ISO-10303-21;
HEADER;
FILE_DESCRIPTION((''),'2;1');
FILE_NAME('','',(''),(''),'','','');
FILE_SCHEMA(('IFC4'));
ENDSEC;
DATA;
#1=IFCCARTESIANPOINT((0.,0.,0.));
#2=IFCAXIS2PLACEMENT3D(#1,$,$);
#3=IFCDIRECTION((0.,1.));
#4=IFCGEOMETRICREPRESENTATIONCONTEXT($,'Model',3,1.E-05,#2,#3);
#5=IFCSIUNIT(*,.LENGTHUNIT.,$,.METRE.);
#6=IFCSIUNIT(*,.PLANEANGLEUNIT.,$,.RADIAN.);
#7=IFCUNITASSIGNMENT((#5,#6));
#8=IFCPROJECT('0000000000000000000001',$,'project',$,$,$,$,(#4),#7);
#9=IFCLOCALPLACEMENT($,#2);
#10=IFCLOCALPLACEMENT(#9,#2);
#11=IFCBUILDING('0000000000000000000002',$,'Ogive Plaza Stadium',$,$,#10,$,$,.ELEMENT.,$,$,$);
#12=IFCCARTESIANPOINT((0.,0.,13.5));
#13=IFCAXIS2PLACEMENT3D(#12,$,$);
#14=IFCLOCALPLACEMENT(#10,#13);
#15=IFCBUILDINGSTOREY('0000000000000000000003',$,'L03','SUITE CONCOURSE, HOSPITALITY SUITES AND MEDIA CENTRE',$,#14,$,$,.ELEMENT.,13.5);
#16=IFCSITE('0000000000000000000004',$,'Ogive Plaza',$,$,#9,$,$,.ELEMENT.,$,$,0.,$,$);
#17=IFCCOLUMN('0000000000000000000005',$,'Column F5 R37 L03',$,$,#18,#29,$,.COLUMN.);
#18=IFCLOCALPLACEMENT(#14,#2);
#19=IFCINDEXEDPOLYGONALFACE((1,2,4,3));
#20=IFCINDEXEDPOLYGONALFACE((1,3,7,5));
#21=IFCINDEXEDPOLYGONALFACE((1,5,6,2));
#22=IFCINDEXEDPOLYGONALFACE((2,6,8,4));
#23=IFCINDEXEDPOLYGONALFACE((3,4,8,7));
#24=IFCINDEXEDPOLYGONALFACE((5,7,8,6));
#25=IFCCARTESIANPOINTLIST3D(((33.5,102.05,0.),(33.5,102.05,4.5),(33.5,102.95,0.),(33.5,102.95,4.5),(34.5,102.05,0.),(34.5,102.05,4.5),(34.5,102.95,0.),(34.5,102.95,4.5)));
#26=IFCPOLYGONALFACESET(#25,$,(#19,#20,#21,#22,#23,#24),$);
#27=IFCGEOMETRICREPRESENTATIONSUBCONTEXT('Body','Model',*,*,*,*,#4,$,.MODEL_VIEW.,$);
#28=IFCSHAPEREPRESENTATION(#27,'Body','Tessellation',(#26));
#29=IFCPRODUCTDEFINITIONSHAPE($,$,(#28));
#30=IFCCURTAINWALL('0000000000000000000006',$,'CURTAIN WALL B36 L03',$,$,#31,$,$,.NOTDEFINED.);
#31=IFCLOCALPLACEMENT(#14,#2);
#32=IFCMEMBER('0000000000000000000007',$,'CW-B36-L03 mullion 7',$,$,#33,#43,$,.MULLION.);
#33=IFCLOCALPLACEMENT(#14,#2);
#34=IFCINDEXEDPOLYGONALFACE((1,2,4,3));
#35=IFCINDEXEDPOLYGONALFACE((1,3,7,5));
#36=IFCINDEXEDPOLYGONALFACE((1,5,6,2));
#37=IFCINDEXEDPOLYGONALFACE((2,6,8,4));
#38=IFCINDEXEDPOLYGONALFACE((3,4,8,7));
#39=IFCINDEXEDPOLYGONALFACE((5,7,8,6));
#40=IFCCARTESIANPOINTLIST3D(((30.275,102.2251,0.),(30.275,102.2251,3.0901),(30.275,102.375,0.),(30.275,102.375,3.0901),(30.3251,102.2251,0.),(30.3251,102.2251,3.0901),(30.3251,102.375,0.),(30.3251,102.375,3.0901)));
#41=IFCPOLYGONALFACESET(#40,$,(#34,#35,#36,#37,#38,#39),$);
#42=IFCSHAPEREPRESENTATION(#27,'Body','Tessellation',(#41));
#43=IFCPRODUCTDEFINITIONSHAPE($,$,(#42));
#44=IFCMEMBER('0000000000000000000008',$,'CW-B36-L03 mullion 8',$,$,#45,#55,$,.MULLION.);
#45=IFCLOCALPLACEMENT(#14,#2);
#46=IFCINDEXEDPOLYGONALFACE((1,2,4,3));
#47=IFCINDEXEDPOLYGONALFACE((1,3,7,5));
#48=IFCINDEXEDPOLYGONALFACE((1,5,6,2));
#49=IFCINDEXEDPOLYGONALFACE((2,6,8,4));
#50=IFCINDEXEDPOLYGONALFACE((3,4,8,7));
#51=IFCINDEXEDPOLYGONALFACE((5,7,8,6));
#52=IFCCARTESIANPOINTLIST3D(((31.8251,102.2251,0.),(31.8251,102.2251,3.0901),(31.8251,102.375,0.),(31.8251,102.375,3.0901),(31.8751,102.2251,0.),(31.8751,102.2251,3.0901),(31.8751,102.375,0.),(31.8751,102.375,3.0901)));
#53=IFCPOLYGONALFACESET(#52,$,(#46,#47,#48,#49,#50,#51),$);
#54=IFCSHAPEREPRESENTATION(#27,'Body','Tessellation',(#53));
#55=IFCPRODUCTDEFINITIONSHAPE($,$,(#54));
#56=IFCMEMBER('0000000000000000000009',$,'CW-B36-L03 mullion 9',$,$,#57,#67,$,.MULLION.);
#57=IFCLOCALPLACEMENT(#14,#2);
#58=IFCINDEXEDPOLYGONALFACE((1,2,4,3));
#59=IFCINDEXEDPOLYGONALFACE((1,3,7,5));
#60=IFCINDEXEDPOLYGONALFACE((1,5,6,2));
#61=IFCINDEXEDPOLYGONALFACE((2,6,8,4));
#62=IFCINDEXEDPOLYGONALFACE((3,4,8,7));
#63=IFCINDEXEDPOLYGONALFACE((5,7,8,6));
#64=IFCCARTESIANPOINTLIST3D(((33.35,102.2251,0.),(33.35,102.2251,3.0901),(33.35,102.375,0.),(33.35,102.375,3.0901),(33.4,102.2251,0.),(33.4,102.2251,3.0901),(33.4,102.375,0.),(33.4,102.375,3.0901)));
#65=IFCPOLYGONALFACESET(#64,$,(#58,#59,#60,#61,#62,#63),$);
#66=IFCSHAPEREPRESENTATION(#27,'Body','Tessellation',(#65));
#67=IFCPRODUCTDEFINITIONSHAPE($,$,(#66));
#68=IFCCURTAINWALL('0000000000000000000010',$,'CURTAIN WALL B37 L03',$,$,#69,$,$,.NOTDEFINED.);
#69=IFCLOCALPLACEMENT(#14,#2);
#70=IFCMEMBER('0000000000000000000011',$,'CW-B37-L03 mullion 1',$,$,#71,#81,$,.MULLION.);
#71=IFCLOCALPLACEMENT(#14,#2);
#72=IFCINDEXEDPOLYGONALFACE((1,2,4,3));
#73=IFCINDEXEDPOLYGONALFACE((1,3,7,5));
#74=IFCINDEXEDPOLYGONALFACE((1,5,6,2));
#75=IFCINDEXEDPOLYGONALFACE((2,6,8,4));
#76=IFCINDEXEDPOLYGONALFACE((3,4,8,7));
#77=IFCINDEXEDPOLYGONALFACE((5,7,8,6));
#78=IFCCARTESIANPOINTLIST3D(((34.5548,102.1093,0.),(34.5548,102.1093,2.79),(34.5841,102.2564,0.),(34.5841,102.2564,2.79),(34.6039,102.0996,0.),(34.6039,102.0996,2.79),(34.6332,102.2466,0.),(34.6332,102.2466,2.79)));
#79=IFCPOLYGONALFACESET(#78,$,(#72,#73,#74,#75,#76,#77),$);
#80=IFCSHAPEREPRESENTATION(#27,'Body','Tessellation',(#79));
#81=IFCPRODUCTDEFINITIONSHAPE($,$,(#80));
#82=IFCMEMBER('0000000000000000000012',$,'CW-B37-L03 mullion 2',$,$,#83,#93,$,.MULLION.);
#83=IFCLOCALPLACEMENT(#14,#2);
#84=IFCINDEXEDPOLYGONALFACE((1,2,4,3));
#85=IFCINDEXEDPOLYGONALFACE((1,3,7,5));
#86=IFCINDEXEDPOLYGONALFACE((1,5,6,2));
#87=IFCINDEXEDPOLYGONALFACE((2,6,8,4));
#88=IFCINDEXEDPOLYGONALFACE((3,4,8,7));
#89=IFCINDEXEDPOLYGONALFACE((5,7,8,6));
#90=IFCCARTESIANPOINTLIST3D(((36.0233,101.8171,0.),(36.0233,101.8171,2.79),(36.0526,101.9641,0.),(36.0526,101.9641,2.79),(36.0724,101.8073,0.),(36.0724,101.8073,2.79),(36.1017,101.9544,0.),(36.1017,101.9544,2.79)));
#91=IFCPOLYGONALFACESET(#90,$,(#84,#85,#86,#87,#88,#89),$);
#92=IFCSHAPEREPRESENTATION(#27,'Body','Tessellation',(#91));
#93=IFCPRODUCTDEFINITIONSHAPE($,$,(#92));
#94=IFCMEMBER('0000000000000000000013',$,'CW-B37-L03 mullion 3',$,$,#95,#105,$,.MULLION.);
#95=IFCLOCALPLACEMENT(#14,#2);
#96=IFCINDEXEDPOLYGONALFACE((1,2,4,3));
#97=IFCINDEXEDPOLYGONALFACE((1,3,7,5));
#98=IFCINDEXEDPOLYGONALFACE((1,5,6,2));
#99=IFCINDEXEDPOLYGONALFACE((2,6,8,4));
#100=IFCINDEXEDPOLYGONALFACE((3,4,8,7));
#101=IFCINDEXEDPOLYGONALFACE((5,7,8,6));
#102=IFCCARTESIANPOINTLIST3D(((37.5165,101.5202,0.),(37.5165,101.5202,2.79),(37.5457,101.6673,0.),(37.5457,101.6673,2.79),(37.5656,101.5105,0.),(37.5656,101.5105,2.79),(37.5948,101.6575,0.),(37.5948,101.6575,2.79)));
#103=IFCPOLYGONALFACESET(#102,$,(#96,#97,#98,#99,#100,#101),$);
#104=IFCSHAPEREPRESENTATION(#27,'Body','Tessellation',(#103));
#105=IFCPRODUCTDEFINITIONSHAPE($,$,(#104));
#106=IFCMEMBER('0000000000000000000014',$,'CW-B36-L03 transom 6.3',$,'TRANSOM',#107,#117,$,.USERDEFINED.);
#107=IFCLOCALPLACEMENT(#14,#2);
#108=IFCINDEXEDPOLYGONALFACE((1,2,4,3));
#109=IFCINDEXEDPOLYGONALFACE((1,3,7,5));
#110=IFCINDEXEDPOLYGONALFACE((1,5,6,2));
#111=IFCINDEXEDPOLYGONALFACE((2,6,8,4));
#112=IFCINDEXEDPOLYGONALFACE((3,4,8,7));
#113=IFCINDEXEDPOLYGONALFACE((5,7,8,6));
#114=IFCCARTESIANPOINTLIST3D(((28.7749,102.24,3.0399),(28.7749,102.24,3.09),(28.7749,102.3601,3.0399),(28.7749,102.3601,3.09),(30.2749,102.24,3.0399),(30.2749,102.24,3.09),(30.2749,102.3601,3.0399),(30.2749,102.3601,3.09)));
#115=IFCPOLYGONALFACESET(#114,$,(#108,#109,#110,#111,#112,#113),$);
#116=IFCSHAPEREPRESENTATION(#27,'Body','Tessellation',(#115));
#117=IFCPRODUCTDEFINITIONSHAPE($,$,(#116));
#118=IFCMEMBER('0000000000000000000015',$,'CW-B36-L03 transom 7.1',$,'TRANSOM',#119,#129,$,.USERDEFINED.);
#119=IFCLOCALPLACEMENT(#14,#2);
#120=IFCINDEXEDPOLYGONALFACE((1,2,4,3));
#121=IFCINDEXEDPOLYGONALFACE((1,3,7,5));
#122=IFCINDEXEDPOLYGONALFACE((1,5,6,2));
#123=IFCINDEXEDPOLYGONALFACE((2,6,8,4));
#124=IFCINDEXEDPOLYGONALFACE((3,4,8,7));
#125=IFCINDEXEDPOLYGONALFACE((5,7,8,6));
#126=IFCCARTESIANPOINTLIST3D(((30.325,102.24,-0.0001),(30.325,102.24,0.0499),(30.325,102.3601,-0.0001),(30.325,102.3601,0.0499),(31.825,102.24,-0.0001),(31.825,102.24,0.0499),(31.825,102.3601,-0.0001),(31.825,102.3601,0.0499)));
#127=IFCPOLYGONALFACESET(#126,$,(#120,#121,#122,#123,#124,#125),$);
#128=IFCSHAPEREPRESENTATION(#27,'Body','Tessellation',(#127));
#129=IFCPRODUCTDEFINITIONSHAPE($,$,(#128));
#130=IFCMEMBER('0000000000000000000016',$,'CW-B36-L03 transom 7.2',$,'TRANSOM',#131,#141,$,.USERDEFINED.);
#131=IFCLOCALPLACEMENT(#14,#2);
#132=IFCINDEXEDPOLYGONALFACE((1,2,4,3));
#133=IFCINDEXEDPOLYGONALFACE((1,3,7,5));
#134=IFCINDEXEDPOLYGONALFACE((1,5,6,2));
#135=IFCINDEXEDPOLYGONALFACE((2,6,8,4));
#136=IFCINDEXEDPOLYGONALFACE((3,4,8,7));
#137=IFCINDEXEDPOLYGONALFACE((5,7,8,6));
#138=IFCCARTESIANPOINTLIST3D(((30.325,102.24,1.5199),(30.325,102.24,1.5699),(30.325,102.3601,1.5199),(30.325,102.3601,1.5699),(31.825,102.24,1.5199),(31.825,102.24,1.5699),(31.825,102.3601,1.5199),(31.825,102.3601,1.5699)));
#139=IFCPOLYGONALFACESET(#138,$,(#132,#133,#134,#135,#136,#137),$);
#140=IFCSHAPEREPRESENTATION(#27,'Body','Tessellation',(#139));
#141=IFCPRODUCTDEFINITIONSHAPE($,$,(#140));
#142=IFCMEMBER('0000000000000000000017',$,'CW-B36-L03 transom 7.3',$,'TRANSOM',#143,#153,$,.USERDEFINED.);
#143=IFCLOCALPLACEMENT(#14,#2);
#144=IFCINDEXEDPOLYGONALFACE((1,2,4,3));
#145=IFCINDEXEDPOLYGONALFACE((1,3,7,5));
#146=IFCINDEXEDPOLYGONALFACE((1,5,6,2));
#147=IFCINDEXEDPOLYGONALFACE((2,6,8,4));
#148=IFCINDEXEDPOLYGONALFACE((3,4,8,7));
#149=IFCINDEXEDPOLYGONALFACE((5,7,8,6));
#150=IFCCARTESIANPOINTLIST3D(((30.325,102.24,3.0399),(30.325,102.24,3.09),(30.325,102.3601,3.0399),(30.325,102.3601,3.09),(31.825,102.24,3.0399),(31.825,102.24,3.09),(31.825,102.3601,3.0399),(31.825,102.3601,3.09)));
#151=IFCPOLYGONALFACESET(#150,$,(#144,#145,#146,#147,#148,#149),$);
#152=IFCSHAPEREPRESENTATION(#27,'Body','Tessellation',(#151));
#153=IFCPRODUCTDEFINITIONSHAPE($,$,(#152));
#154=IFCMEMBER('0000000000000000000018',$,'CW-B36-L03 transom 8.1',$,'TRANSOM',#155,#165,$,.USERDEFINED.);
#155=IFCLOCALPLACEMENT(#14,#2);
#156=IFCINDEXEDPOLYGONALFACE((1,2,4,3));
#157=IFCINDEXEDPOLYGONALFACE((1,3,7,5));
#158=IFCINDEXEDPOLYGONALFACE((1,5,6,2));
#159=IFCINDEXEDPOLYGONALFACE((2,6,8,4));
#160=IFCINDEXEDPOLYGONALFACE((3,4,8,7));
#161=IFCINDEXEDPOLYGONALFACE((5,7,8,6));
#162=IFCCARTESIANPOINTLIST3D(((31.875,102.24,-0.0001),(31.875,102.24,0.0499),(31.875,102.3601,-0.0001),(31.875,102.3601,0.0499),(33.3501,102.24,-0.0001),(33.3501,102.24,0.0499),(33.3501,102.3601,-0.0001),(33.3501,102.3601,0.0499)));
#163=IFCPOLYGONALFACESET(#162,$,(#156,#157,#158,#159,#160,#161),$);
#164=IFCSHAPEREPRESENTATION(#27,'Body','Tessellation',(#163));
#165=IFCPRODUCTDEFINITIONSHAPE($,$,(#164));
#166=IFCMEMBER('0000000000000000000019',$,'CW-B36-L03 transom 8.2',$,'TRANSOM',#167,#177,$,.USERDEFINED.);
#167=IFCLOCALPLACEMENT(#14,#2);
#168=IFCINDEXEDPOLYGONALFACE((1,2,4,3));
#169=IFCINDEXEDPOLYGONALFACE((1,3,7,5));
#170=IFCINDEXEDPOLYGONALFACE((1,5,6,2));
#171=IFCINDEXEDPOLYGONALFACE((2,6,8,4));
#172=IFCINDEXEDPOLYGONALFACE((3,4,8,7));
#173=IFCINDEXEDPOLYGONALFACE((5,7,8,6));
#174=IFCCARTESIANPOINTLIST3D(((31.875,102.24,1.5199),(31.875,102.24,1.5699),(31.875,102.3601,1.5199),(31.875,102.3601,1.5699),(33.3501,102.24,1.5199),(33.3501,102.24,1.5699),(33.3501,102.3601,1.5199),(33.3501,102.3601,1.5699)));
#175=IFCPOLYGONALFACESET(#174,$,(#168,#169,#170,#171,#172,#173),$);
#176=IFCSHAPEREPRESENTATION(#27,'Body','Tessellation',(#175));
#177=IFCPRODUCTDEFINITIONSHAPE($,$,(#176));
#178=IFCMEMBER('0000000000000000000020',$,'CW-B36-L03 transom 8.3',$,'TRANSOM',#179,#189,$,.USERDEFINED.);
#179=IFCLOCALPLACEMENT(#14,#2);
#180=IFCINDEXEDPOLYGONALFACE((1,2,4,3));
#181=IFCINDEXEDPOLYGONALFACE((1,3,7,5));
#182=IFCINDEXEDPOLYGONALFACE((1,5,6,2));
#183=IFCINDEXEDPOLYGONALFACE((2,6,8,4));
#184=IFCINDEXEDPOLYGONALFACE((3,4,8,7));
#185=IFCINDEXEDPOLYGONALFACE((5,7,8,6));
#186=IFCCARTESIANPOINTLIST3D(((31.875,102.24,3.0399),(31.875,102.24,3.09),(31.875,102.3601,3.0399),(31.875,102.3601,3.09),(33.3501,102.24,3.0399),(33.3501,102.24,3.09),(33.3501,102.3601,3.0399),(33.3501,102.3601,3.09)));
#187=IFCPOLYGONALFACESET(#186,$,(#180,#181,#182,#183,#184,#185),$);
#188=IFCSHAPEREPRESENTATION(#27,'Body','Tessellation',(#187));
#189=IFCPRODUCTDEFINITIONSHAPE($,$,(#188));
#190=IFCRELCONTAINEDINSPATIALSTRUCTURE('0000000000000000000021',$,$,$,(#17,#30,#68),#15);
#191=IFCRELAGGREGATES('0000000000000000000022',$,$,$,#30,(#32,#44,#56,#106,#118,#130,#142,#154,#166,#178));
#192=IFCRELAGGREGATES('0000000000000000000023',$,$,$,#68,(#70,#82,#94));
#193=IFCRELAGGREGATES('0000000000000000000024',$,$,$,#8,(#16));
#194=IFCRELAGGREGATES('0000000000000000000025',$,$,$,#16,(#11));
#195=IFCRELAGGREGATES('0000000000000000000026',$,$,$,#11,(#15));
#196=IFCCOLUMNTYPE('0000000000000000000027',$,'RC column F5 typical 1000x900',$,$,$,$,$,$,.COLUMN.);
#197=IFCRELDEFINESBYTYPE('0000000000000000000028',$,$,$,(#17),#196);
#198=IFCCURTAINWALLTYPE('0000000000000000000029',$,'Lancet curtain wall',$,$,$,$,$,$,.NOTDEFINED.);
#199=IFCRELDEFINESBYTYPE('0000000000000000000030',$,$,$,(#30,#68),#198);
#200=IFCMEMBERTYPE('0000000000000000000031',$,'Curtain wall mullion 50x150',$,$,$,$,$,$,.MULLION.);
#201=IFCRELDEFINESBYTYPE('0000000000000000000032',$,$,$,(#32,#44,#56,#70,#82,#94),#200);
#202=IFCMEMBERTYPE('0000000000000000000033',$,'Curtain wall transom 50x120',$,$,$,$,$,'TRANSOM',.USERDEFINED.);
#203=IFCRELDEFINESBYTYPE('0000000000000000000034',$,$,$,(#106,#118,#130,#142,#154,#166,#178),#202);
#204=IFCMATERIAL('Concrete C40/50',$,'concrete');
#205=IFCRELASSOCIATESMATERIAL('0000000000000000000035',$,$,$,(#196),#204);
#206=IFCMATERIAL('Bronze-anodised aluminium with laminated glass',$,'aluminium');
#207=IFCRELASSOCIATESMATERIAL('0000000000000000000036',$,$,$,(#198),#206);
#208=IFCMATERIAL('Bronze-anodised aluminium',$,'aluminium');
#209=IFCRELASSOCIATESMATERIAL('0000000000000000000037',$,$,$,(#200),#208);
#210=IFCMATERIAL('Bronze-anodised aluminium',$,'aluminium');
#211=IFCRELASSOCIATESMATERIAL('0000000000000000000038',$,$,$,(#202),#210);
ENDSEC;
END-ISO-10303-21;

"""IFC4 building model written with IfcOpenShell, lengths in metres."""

from ifc_helpers import new_model, si_unit, direction, frame, origin, origin_2d, place, context, subcontext, project, spatial, rectangle, extrude, material, material_profile, profile_set, type_object, element, aggregate, save


model = new_model("IFC4")

# Units and contexts
model_context = context("Model", 3, precision=1e-05, world=origin(), true_north=direction((0.0, 1.0)))
body_context = subcontext(model_context, "Body", "Model", "MODEL_VIEW")
ifc_project = project(units=[si_unit("LENGTHUNIT", "METRE"), si_unit("PLANEANGLEUNIT", "RADIAN")], contexts=[model_context])

# Site, building, storey
site_placement = place(None, origin())
site = spatial("IfcSite", under=ifc_project, at=site_placement, Name="Ogive Plaza", CompositionType="ELEMENT", RefElevation=0.0)
building_placement = place(site_placement, origin())
building = spatial("IfcBuilding", under=site, at=building_placement, Name="Ogive Plaza Stadium", CompositionType="ELEMENT")
storey_placement = place(building_placement, frame((0.0, 0.0, 13.5)))
storey = spatial("IfcBuildingStorey", under=building, at=storey_placement, Name="L03", Description="SUITE CONCOURSE, HOSPITALITY SUITES AND MEDIA CENTRE", CompositionType="ELEMENT", Elevation=13.5)

# Column
ifc_material_1 = material(Name="Concrete C40/50", Category="concrete")
ifc_material_profile_1 = material_profile(ifc_material_1, rectangle(XDim=1.0, YDim=0.8999, at=origin_2d()), Name="RC 1000x900")
ifc_profile_set_1 = profile_set([ifc_material_profile_1], Name="Concrete C40/50")
column_type = type_object("IfcColumnType", Name="RC column F5 typical 1000x900", PredefinedType="COLUMN", material=ifc_profile_set_1)
column_placement = place(storey_placement, frame((34.0, 102.5, 0.0), z_axis=(0.0, 0.0, 1.0), x_axis=(-1.0, 0.0, 0.0)))
element("IfcColumn", 1, at=column_placement, inside=storey, type_object=column_type, Name="Column F5 R37 L03", PredefinedType="COLUMN", context=body_context, shape_type="SweptSolid", body=[
    extrude(rectangle(XDim=1.0, YDim=0.8999, at=origin_2d()), origin(), (0.0, 0.0, 1.0), 4.5),
])

# Curtain walls, members
ifc_material_2 = material(Name="Bronze-anodised aluminium with laminated glass", Category="aluminium")
curtain_wall_type = type_object("IfcCurtainWallType", Name="Lancet curtain wall", PredefinedType="NOTDEFINED", material=ifc_material_2)
curtain_wall_1_placement = place(storey_placement, origin())
curtain_wall_1 = element("IfcCurtainWall", 2, at=curtain_wall_1_placement, inside=storey, type_object=curtain_wall_type, Name="CURTAIN WALL B36 L03", PredefinedType="NOTDEFINED")
ifc_material_3 = material(Name="Bronze-anodised aluminium", Category="aluminium")
ifc_material_profile_2 = material_profile(ifc_material_3, rectangle(XDim=0.1499, YDim=0.05, at=origin_2d()), Name="AL 150x50")
ifc_profile_set_2 = profile_set([ifc_material_profile_2], Name="Bronze-anodised aluminium")
member_type_1 = type_object("IfcMemberType", Name="Curtain wall mullion 50x150", PredefinedType="MULLION", material=ifc_profile_set_2)
member_1_placement = place(storey_placement, frame((30.3, 102.3, 0.0), z_axis=(0.0, 0.0, 1.0), x_axis=(0.0, 1.0, 0.0)))
member_1 = element("IfcMember", 3, at=member_1_placement, type_object=member_type_1, Name="CW-B36-L03 mullion 7", PredefinedType="MULLION", context=body_context, shape_type="SweptSolid", body=[
    extrude(rectangle(XDim=0.1499, YDim=0.05, at=origin_2d()), origin(), (0.0, 0.0, 1.0), 3.0901),
])
member_2_placement = place(storey_placement, frame((31.8501, 102.3, 0.0), z_axis=(0.0, 0.0, 1.0), x_axis=(0.0, 1.0, 0.0)))
member_2 = element("IfcMember", 4, at=member_2_placement, type_object=member_type_1, Name="CW-B36-L03 mullion 8", PredefinedType="MULLION", context=body_context, shape_type="SweptSolid", body=[
    extrude(rectangle(XDim=0.1499, YDim=0.05, at=origin_2d()), origin(), (0.0, 0.0, 1.0), 3.0901),
])
member_3_placement = place(storey_placement, frame((33.375, 102.3, 0.0), z_axis=(0.0, 0.0, 1.0), x_axis=(0.0, 1.0, 0.0)))
member_3 = element("IfcMember", 5, at=member_3_placement, type_object=member_type_1, Name="CW-B36-L03 mullion 9", PredefinedType="MULLION", context=body_context, shape_type="SweptSolid", body=[
    extrude(rectangle(XDim=0.1499, YDim=0.05, at=origin_2d()), origin(), (0.0, 0.0, 1.0), 3.0901),
])
curtain_wall_2_placement = place(storey_placement, origin())
curtain_wall_2 = element("IfcCurtainWall", 6, at=curtain_wall_2_placement, inside=storey, type_object=curtain_wall_type, Name="CURTAIN WALL B37 L03", PredefinedType="NOTDEFINED")
member_4_placement = place(storey_placement, frame((34.594, 102.178, 0.0), z_axis=(0.0, 0.0, 1.0), x_axis=(0.19509, 0.980785, 0.0)))
member_4 = element("IfcMember", 7, at=member_4_placement, type_object=member_type_1, Name="CW-B37-L03 mullion 1", PredefinedType="MULLION", context=body_context, shape_type="SweptSolid", body=[
    extrude(rectangle(XDim=0.1499, YDim=0.05, at=origin_2d()), origin(), (0.0, 0.0, 1.0), 2.79),
])
member_5_placement = place(storey_placement, frame((36.0625, 101.8857, 0.0), z_axis=(0.0, 0.0, 1.0), x_axis=(0.19509, 0.980785, 0.0)))
member_5 = element("IfcMember", 8, at=member_5_placement, type_object=member_type_1, Name="CW-B37-L03 mullion 2", PredefinedType="MULLION", context=body_context, shape_type="SweptSolid", body=[
    extrude(rectangle(XDim=0.1499, YDim=0.05, at=origin_2d()), origin(), (0.0, 0.0, 1.0), 2.79),
])
member_6_placement = place(storey_placement, frame((37.5557, 101.5889, 0.0), z_axis=(0.0, 0.0, 1.0), x_axis=(0.19509, 0.980785, 0.0)))
member_6 = element("IfcMember", 9, at=member_6_placement, type_object=member_type_1, Name="CW-B37-L03 mullion 3", PredefinedType="MULLION", context=body_context, shape_type="SweptSolid", body=[
    extrude(rectangle(XDim=0.1499, YDim=0.05, at=origin_2d()), origin(), (0.0, 0.0, 1.0), 2.79),
])

# Members
ifc_material_4 = material(Name="Bronze-anodised aluminium", Category="aluminium")
ifc_material_profile_3 = material_profile(ifc_material_4, rectangle(XDim=0.1201, YDim=0.05, at=origin_2d()), Name="AL 120x50")
ifc_profile_set_3 = profile_set([ifc_material_profile_3], Name="Bronze-anodised aluminium")
member_type_2 = type_object("IfcMemberType", Name="Curtain wall transom 50x120", ElementType="TRANSOM", PredefinedType="USERDEFINED", material=ifc_profile_set_3)
member_7_placement = place(storey_placement, frame((28.7749, 102.3, 3.0649), z_axis=(1.0, 0.0, 0.0), x_axis=(0.0, 1.0, 0.0)))
member_7 = element("IfcMember", 10, at=member_7_placement, type_object=member_type_2, Name="CW-B36-L03 transom 6.3", ObjectType="TRANSOM", PredefinedType="USERDEFINED", context=body_context, shape_type="SweptSolid", body=[
    extrude(rectangle(XDim=0.1201, YDim=0.05, at=origin_2d()), origin(), (0.0, 0.0, 1.0), 1.5),
])
member_8_placement = place(storey_placement, frame((30.325, 102.3, 0.0249), z_axis=(1.0, 0.0, 0.0), x_axis=(0.0, 1.0, 0.0)))
member_8 = element("IfcMember", 11, at=member_8_placement, type_object=member_type_2, Name="CW-B36-L03 transom 7.1", ObjectType="TRANSOM", PredefinedType="USERDEFINED", context=body_context, shape_type="SweptSolid", body=[
    extrude(rectangle(XDim=0.1201, YDim=0.05, at=origin_2d()), origin(), (0.0, 0.0, 1.0), 1.5),
])
member_9_placement = place(storey_placement, frame((30.325, 102.3, 1.5449), z_axis=(1.0, 0.0, 0.0), x_axis=(0.0, 1.0, 0.0)))
member_9 = element("IfcMember", 12, at=member_9_placement, type_object=member_type_2, Name="CW-B36-L03 transom 7.2", ObjectType="TRANSOM", PredefinedType="USERDEFINED", context=body_context, shape_type="SweptSolid", body=[
    extrude(rectangle(XDim=0.1201, YDim=0.05, at=origin_2d()), origin(), (0.0, 0.0, 1.0), 1.5),
])
member_10_placement = place(storey_placement, frame((30.325, 102.3, 3.0649), z_axis=(1.0, 0.0, 0.0), x_axis=(0.0, 1.0, 0.0)))
member_10 = element("IfcMember", 13, at=member_10_placement, type_object=member_type_2, Name="CW-B36-L03 transom 7.3", ObjectType="TRANSOM", PredefinedType="USERDEFINED", context=body_context, shape_type="SweptSolid", body=[
    extrude(rectangle(XDim=0.1201, YDim=0.05, at=origin_2d()), origin(), (0.0, 0.0, 1.0), 1.5),
])
member_11_placement = place(storey_placement, frame((31.875, 102.3, 0.0249), z_axis=(1.0, 0.0, 0.0), x_axis=(0.0, 1.0, 0.0)))
member_11 = element("IfcMember", 14, at=member_11_placement, type_object=member_type_2, Name="CW-B36-L03 transom 8.1", ObjectType="TRANSOM", PredefinedType="USERDEFINED", context=body_context, shape_type="SweptSolid", body=[
    extrude(rectangle(XDim=0.1201, YDim=0.05, at=origin_2d()), origin(), (0.0, 0.0, 1.0), 1.4751),
])
member_12_placement = place(storey_placement, frame((31.875, 102.3, 1.5449), z_axis=(1.0, 0.0, 0.0), x_axis=(0.0, 1.0, 0.0)))
member_12 = element("IfcMember", 15, at=member_12_placement, type_object=member_type_2, Name="CW-B36-L03 transom 8.2", ObjectType="TRANSOM", PredefinedType="USERDEFINED", context=body_context, shape_type="SweptSolid", body=[
    extrude(rectangle(XDim=0.1201, YDim=0.05, at=origin_2d()), origin(), (0.0, 0.0, 1.0), 1.4751),
])
member_13_placement = place(storey_placement, frame((31.875, 102.3, 3.0649), z_axis=(1.0, 0.0, 0.0), x_axis=(0.0, 1.0, 0.0)))
member_13 = element("IfcMember", 16, at=member_13_placement, type_object=member_type_2, Name="CW-B36-L03 transom 8.3", ObjectType="TRANSOM", PredefinedType="USERDEFINED", context=body_context, shape_type="SweptSolid", body=[
    extrude(rectangle(XDim=0.1201, YDim=0.05, at=origin_2d()), origin(), (0.0, 0.0, 1.0), 1.4751),
])

aggregate(curtain_wall_1, [member_1, member_2, member_3, member_7, member_8, member_9, member_10, member_11, member_12, member_13])
aggregate(curtain_wall_2, [member_4, member_5, member_6])

save(model, "model.ifc")
